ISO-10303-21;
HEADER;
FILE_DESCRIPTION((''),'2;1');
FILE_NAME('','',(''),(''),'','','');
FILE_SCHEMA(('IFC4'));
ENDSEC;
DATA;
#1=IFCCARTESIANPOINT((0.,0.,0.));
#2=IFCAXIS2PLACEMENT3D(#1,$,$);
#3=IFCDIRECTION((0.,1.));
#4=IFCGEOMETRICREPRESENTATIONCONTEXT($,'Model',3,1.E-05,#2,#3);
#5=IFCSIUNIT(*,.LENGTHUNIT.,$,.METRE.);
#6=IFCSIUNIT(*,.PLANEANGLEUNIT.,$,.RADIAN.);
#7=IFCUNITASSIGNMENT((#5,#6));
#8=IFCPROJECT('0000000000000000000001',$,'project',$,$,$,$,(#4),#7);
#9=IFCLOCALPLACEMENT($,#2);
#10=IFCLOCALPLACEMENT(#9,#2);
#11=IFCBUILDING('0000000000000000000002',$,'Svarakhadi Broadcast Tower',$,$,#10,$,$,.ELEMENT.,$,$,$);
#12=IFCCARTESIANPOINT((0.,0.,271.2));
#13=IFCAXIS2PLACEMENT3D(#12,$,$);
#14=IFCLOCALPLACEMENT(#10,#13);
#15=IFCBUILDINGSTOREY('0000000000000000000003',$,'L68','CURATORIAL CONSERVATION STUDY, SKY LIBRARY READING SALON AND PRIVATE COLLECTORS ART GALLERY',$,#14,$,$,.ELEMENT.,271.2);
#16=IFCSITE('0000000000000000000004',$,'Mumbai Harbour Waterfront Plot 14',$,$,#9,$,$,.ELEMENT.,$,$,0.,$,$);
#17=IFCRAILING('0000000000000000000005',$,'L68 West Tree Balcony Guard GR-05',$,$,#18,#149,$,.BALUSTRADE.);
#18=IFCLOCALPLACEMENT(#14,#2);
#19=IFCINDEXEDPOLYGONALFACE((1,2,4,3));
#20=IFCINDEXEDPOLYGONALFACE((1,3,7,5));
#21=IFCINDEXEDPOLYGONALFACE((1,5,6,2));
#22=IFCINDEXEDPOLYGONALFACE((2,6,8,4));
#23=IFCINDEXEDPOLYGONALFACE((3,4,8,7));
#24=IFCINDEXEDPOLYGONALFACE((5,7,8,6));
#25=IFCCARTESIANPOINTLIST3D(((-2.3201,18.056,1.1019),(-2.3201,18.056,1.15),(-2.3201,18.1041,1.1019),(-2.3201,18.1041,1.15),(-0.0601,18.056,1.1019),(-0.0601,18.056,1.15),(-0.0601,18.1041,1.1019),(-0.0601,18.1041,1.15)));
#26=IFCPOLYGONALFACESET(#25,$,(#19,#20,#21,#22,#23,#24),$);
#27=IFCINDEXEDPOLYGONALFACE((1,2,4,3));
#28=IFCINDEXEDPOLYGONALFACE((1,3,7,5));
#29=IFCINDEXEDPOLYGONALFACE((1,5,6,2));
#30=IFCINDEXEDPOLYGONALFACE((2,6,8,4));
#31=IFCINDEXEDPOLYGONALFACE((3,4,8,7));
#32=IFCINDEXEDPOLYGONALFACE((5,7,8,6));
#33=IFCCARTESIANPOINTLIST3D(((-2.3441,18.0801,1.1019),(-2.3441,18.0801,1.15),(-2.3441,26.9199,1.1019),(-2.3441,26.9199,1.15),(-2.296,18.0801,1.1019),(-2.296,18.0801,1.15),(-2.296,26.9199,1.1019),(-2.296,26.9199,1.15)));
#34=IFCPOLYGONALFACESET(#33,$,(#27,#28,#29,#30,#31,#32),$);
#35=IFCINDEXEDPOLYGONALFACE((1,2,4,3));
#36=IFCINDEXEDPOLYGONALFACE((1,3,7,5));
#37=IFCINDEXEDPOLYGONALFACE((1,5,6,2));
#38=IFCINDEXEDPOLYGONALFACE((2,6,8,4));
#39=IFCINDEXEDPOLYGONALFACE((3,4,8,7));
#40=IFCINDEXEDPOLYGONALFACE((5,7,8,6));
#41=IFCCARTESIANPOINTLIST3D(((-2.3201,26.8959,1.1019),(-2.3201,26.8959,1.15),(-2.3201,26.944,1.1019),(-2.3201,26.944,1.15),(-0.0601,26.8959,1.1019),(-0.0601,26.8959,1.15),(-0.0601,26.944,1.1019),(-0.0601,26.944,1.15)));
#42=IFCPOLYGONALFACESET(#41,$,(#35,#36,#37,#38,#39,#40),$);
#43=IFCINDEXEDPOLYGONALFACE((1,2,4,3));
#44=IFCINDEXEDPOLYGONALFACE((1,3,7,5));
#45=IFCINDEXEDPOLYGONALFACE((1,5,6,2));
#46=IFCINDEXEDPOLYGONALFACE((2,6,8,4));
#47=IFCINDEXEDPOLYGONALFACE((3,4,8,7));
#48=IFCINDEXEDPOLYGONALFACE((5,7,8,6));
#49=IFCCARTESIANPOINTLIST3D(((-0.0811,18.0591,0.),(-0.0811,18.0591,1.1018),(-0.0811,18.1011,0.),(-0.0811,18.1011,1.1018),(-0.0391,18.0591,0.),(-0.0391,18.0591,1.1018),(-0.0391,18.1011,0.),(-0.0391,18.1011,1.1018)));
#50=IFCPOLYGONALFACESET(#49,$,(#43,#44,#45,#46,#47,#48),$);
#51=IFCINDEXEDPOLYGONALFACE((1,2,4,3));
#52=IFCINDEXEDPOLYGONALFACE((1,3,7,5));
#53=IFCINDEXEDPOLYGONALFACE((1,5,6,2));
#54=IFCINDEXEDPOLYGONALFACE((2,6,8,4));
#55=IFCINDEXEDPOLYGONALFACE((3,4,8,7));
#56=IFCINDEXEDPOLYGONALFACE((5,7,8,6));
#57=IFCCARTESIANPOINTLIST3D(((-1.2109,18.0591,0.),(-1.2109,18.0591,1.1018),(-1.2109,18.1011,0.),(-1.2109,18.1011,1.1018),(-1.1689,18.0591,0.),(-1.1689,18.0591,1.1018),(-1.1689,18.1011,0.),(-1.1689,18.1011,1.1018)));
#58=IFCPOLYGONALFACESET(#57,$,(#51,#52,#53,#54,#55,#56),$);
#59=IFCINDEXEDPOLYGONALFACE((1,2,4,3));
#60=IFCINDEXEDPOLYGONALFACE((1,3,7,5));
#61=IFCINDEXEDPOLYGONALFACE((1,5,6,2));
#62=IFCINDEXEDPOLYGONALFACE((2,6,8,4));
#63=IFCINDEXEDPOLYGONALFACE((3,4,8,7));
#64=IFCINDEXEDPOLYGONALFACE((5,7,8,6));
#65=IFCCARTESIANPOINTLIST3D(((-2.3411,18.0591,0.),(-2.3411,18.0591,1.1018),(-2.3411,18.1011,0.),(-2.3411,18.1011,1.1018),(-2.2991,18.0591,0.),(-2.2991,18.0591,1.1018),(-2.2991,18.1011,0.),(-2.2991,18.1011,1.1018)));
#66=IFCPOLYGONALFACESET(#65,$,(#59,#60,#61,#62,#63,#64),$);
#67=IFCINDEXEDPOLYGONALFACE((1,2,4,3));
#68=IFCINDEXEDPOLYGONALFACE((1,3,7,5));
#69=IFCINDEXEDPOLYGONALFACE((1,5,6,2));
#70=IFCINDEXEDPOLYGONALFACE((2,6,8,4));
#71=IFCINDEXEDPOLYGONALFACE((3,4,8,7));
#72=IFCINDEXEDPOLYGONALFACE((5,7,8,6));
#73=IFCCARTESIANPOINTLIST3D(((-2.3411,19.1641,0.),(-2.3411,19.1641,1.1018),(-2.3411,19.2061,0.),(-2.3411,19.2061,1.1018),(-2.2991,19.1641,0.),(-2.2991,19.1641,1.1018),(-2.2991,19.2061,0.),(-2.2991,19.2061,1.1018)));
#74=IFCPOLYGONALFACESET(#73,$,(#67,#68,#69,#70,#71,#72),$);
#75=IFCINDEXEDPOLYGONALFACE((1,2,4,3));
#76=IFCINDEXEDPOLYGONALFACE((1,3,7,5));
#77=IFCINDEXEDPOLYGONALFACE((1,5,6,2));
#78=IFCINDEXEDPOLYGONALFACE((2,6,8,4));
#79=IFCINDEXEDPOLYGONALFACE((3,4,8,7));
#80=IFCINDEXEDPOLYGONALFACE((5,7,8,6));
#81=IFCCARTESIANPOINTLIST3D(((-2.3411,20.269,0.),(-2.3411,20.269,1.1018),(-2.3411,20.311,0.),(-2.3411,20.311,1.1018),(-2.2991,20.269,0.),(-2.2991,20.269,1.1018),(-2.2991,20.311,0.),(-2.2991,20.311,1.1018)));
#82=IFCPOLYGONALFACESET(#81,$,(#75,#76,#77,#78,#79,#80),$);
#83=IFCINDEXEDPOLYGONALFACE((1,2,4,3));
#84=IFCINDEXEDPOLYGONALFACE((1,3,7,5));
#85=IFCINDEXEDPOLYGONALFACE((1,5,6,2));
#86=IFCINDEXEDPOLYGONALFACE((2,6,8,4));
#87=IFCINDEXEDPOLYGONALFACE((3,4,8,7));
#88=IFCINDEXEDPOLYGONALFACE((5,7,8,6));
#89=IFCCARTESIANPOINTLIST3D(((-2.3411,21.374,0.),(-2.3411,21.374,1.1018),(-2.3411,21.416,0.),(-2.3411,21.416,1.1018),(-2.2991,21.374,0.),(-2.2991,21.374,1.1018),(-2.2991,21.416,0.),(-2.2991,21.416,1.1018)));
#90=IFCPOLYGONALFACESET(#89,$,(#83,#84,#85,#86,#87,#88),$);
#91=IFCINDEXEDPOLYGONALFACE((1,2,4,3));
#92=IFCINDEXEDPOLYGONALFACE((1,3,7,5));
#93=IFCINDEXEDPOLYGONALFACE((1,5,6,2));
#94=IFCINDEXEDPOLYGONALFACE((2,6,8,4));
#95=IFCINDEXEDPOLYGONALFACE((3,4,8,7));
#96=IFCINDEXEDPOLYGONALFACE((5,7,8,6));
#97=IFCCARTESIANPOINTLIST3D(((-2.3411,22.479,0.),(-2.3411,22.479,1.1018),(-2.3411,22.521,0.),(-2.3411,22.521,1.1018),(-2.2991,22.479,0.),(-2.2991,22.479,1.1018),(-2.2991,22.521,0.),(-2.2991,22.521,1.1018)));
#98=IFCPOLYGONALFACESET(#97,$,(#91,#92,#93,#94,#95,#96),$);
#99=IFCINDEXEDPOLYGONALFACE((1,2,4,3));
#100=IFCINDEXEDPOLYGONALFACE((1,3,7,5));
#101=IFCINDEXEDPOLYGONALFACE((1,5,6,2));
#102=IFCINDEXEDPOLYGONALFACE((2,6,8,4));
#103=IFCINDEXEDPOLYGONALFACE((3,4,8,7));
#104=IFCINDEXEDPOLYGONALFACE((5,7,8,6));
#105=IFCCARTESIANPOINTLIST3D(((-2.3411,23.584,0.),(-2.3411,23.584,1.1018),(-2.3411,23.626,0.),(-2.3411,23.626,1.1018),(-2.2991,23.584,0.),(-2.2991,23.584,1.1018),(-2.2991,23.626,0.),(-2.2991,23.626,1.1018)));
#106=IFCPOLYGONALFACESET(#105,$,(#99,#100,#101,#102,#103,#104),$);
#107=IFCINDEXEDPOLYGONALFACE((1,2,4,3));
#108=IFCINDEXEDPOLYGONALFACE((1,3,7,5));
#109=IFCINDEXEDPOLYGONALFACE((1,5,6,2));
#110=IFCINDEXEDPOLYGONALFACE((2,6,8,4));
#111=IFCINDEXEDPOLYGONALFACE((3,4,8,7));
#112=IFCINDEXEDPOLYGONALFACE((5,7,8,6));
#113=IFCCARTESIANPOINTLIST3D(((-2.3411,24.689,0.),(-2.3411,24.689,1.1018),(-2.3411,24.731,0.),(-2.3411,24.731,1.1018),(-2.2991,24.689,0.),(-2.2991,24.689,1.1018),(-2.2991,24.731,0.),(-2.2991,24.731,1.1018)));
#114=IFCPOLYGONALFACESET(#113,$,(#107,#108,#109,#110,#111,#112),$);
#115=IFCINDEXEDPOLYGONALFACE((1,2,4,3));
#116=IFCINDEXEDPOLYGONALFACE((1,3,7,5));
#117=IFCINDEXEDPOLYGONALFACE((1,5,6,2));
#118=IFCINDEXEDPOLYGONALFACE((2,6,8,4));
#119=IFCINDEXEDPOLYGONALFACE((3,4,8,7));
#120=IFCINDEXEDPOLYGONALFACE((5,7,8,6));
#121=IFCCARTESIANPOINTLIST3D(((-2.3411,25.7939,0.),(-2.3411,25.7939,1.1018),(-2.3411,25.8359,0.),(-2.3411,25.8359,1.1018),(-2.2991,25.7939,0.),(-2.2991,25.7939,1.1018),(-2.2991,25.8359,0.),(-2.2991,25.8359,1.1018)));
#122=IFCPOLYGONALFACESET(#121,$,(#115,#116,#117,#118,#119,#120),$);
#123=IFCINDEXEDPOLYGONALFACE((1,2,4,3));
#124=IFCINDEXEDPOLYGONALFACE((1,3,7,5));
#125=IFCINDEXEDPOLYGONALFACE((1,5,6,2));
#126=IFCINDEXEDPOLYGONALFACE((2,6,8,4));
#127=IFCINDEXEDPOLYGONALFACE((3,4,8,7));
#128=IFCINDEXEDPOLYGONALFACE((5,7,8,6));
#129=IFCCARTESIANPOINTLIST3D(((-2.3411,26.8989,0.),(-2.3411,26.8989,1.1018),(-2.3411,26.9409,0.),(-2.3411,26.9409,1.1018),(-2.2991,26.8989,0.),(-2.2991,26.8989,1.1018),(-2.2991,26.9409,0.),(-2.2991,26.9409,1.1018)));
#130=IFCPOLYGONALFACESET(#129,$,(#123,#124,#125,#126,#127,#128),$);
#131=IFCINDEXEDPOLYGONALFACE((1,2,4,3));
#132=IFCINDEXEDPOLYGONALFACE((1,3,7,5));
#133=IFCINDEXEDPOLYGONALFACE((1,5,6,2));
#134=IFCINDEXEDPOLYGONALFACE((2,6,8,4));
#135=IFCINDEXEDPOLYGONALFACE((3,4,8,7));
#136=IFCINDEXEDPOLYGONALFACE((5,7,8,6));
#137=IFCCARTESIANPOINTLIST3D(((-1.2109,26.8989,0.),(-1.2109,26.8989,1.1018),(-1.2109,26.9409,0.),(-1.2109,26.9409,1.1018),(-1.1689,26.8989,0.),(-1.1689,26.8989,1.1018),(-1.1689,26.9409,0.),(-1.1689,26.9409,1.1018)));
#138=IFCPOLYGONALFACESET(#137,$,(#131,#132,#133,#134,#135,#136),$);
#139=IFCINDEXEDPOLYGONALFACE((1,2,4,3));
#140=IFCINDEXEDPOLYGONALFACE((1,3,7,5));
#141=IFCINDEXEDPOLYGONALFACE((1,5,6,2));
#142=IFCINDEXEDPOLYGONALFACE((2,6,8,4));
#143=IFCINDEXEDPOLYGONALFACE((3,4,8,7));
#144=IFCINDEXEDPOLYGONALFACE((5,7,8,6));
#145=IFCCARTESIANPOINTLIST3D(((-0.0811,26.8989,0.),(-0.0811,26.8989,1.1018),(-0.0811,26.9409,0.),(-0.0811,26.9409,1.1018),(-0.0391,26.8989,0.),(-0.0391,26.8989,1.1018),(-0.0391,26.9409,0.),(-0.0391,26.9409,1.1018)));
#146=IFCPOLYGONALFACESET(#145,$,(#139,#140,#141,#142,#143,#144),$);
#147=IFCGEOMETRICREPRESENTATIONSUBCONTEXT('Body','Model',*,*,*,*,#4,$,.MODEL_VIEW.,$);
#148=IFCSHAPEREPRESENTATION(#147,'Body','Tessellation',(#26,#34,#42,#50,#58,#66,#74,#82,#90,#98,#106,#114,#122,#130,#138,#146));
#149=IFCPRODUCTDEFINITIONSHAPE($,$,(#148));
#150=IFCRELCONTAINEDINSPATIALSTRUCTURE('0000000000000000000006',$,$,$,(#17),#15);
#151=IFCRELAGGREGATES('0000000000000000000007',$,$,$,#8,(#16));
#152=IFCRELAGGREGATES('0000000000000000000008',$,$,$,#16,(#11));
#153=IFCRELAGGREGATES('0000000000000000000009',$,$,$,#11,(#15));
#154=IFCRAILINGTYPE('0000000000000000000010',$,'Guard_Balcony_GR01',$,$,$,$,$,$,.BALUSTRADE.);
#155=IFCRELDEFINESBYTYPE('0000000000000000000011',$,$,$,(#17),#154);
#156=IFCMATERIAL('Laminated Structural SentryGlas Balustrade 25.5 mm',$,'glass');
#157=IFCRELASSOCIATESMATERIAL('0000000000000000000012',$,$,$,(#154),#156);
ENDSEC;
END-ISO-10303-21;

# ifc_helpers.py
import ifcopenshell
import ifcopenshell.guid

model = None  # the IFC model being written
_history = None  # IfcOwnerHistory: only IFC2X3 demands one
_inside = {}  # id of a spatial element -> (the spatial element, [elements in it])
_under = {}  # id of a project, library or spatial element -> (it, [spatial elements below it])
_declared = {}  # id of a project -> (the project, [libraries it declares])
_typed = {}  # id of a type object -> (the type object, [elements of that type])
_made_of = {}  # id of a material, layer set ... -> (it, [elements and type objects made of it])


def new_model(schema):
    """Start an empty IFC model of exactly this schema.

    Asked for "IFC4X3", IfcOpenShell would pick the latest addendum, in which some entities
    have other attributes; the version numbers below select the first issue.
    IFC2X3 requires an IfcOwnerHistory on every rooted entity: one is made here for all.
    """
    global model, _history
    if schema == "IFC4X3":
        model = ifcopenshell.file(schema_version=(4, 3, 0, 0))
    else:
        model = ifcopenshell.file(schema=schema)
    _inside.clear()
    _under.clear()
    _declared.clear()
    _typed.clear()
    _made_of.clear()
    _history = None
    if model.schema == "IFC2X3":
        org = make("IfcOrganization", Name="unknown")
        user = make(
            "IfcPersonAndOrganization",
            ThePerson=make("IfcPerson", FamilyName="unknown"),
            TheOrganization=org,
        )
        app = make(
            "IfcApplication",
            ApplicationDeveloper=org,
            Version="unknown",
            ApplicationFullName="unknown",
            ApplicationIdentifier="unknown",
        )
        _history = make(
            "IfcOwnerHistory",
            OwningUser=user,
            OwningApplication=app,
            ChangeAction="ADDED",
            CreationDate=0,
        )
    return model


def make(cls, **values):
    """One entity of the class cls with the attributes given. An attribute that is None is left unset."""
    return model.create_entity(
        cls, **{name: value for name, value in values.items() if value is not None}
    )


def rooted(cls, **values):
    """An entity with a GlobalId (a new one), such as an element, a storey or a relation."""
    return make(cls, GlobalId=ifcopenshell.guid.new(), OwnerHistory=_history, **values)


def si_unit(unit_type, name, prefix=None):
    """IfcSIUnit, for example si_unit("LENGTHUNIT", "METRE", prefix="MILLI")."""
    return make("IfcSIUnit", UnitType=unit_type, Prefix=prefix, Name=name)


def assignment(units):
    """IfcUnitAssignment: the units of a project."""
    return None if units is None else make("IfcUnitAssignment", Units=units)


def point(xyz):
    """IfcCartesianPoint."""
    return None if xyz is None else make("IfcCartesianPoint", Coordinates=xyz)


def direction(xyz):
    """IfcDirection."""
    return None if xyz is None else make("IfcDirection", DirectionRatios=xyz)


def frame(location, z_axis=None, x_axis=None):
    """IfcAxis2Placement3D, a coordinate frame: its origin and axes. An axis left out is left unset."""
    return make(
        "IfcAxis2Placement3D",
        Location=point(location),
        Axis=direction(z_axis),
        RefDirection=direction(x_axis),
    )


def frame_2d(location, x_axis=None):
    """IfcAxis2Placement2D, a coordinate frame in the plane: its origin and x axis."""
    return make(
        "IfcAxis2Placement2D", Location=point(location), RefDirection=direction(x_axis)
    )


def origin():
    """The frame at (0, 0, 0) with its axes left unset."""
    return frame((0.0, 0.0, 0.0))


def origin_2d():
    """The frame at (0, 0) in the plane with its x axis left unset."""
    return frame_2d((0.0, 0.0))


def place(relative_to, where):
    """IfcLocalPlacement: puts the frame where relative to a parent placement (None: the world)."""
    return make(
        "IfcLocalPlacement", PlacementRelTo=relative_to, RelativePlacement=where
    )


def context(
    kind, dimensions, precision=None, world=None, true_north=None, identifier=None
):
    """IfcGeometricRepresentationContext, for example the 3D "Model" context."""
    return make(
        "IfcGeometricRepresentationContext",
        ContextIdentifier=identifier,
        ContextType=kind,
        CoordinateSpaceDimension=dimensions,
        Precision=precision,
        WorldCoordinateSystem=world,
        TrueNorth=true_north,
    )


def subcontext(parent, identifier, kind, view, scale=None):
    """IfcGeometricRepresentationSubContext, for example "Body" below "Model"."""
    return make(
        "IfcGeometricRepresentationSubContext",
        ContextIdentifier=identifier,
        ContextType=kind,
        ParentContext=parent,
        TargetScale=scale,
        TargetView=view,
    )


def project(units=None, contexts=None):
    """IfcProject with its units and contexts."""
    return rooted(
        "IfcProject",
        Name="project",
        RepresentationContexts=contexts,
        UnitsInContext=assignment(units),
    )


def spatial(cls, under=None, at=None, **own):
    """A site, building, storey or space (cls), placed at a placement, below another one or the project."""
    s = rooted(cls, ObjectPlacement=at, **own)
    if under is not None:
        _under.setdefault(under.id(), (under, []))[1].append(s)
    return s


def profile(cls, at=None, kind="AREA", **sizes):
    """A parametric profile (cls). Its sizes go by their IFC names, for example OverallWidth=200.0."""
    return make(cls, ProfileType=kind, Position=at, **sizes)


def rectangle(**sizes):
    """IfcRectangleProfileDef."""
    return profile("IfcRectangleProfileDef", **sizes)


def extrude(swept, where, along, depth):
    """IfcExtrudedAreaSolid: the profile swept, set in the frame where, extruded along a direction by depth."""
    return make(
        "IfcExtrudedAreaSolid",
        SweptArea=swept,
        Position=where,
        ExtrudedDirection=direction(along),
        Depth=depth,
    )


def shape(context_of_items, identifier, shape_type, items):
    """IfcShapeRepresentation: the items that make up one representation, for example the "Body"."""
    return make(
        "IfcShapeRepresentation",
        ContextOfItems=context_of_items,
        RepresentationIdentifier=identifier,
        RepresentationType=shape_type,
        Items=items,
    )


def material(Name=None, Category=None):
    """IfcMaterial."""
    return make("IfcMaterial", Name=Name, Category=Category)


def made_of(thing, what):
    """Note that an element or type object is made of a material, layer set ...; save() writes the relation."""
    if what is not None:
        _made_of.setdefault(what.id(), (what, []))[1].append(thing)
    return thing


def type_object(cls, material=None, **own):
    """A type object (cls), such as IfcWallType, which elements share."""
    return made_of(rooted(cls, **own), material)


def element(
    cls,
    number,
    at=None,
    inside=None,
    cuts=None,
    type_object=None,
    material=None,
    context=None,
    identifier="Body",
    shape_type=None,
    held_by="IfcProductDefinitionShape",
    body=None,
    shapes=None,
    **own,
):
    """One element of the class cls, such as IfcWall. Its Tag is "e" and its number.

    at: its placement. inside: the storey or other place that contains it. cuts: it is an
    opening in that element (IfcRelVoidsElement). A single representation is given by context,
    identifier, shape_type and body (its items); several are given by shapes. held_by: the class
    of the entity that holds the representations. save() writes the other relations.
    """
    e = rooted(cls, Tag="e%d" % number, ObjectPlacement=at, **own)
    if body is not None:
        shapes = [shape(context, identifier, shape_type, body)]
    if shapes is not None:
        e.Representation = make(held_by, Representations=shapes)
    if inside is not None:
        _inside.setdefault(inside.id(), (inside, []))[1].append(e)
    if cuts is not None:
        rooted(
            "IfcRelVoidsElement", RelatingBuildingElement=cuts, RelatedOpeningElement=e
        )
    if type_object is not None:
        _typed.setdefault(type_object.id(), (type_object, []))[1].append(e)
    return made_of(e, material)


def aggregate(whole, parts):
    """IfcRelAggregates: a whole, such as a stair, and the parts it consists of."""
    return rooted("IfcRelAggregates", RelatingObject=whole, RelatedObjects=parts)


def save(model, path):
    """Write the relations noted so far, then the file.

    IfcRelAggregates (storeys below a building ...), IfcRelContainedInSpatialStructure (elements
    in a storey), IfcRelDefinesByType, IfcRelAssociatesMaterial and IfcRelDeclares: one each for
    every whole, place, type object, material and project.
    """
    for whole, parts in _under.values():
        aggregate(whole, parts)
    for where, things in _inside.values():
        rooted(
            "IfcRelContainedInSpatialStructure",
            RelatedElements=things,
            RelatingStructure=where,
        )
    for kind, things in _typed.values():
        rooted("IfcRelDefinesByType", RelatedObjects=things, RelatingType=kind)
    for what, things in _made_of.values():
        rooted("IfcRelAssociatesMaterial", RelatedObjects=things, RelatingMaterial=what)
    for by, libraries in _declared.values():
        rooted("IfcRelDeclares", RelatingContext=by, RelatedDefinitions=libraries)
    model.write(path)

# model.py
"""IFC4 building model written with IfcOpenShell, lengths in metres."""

from ifc_helpers import new_model, si_unit, direction, frame, origin, origin_2d, place, context, subcontext, project, spatial, rectangle, extrude, material, type_object, element, save


model = new_model("IFC4")

# Units and contexts
model_context = context("Model", 3, precision=1e-05, world=origin(), true_north=direction((0.0, 1.0)))
body_context = subcontext(model_context, "Body", "Model", "MODEL_VIEW")
ifc_project = project(units=[si_unit("LENGTHUNIT", "METRE"), si_unit("PLANEANGLEUNIT", "RADIAN")], contexts=[model_context])

# Site, building, storey
site_placement = place(None, origin())
site = spatial("IfcSite", under=ifc_project, at=site_placement, Name="Mumbai Harbour Waterfront Plot 14", CompositionType="ELEMENT", RefElevation=0.0)
building_placement = place(site_placement, origin())
building = spatial("IfcBuilding", under=site, at=building_placement, Name="Svarakhadi Broadcast Tower", CompositionType="ELEMENT")
storey_placement = place(building_placement, frame((0.0, 0.0, 271.2)))
storey = spatial("IfcBuildingStorey", under=building, at=storey_placement, Name="L68", Description="CURATORIAL CONSERVATION STUDY, SKY LIBRARY READING SALON AND PRIVATE COLLECTORS ART GALLERY", CompositionType="ELEMENT", Elevation=271.2)

# Railing
ifc_material_1 = material(Name="Laminated Structural SentryGlas Balustrade 25.5 mm", Category="glass")
railing_type = type_object("IfcRailingType", Name="Guard_Balcony_GR01", PredefinedType="BALUSTRADE", material=ifc_material_1)
railing_placement = place(storey_placement, frame((-0.0601, 18.0801, 0.0)))
element("IfcRailing", 1, at=railing_placement, inside=storey, type_object=railing_type, Name="L68 West Tree Balcony Guard GR-05", PredefinedType="BALUSTRADE", context=body_context, shape_type="SweptSolid", body=[
    extrude(rectangle(XDim=0.0481, YDim=0.0481, at=origin_2d()), frame((0.0, 0.0, 1.126), z_axis=(-1.0, 0.0, 0.0), x_axis=(0.0, -1.0, 0.0)), (0.0, 0.0, 1.0), 2.26),
    extrude(rectangle(XDim=0.0481, YDim=0.0481, at=origin_2d()), frame((-2.26, 0.0, 1.126), z_axis=(0.0, 1.0, 0.0), x_axis=(-1.0, 0.0, 0.0)), (0.0, 0.0, 1.0), 8.8398),
    extrude(rectangle(XDim=0.0481, YDim=0.0481, at=origin_2d()), frame((-2.26, 8.8398, 1.126), z_axis=(1.0, 0.0, 0.0), x_axis=(0.0, 1.0, 0.0)), (0.0, 0.0, 1.0), 2.26),
    extrude(rectangle(XDim=0.042, YDim=0.042, at=origin_2d()), origin(), (0.0, 0.0, 1.0), 1.1018),
    extrude(rectangle(XDim=0.042, YDim=0.042, at=origin_2d()), frame((-1.1299, 0.0, 0.0)), (0.0, 0.0, 1.0), 1.1018),
    extrude(rectangle(XDim=0.042, YDim=0.042, at=origin_2d()), frame((-2.26, 0.0, 0.0)), (0.0, 0.0, 1.0), 1.1018),
    extrude(rectangle(XDim=0.042, YDim=0.042, at=origin_2d()), frame((-2.26, 1.105, 0.0)), (0.0, 0.0, 1.0), 1.1018),
    extrude(rectangle(XDim=0.042, YDim=0.042, at=origin_2d()), frame((-2.26, 2.21, 0.0)), (0.0, 0.0, 1.0), 1.1018),
    extrude(rectangle(XDim=0.042, YDim=0.042, at=origin_2d()), frame((-2.26, 3.3149, 0.0)), (0.0, 0.0, 1.0), 1.1018),
    extrude(rectangle(XDim=0.042, YDim=0.042, at=origin_2d()), frame((-2.26, 4.4199, 0.0)), (0.0, 0.0, 1.0), 1.1018),
    extrude(rectangle(XDim=0.042, YDim=0.042, at=origin_2d()), frame((-2.26, 5.5249, 0.0)), (0.0, 0.0, 1.0), 1.1018),
    extrude(rectangle(XDim=0.042, YDim=0.042, at=origin_2d()), frame((-2.26, 6.6299, 0.0)), (0.0, 0.0, 1.0), 1.1018),
    extrude(rectangle(XDim=0.042, YDim=0.042, at=origin_2d()), frame((-2.26, 7.7349, 0.0)), (0.0, 0.0, 1.0), 1.1018),
    extrude(rectangle(XDim=0.042, YDim=0.042, at=origin_2d()), frame((-2.26, 8.8398, 0.0)), (0.0, 0.0, 1.0), 1.1018),
    extrude(rectangle(XDim=0.042, YDim=0.042, at=origin_2d()), frame((-1.1299, 8.8398, 0.0)), (0.0, 0.0, 1.0), 1.1018),
    extrude(rectangle(XDim=0.042, YDim=0.042, at=origin_2d()), frame((0.0, 8.8398, 0.0)), (0.0, 0.0, 1.0), 1.1018),
])

save(model, "model.ifc")
